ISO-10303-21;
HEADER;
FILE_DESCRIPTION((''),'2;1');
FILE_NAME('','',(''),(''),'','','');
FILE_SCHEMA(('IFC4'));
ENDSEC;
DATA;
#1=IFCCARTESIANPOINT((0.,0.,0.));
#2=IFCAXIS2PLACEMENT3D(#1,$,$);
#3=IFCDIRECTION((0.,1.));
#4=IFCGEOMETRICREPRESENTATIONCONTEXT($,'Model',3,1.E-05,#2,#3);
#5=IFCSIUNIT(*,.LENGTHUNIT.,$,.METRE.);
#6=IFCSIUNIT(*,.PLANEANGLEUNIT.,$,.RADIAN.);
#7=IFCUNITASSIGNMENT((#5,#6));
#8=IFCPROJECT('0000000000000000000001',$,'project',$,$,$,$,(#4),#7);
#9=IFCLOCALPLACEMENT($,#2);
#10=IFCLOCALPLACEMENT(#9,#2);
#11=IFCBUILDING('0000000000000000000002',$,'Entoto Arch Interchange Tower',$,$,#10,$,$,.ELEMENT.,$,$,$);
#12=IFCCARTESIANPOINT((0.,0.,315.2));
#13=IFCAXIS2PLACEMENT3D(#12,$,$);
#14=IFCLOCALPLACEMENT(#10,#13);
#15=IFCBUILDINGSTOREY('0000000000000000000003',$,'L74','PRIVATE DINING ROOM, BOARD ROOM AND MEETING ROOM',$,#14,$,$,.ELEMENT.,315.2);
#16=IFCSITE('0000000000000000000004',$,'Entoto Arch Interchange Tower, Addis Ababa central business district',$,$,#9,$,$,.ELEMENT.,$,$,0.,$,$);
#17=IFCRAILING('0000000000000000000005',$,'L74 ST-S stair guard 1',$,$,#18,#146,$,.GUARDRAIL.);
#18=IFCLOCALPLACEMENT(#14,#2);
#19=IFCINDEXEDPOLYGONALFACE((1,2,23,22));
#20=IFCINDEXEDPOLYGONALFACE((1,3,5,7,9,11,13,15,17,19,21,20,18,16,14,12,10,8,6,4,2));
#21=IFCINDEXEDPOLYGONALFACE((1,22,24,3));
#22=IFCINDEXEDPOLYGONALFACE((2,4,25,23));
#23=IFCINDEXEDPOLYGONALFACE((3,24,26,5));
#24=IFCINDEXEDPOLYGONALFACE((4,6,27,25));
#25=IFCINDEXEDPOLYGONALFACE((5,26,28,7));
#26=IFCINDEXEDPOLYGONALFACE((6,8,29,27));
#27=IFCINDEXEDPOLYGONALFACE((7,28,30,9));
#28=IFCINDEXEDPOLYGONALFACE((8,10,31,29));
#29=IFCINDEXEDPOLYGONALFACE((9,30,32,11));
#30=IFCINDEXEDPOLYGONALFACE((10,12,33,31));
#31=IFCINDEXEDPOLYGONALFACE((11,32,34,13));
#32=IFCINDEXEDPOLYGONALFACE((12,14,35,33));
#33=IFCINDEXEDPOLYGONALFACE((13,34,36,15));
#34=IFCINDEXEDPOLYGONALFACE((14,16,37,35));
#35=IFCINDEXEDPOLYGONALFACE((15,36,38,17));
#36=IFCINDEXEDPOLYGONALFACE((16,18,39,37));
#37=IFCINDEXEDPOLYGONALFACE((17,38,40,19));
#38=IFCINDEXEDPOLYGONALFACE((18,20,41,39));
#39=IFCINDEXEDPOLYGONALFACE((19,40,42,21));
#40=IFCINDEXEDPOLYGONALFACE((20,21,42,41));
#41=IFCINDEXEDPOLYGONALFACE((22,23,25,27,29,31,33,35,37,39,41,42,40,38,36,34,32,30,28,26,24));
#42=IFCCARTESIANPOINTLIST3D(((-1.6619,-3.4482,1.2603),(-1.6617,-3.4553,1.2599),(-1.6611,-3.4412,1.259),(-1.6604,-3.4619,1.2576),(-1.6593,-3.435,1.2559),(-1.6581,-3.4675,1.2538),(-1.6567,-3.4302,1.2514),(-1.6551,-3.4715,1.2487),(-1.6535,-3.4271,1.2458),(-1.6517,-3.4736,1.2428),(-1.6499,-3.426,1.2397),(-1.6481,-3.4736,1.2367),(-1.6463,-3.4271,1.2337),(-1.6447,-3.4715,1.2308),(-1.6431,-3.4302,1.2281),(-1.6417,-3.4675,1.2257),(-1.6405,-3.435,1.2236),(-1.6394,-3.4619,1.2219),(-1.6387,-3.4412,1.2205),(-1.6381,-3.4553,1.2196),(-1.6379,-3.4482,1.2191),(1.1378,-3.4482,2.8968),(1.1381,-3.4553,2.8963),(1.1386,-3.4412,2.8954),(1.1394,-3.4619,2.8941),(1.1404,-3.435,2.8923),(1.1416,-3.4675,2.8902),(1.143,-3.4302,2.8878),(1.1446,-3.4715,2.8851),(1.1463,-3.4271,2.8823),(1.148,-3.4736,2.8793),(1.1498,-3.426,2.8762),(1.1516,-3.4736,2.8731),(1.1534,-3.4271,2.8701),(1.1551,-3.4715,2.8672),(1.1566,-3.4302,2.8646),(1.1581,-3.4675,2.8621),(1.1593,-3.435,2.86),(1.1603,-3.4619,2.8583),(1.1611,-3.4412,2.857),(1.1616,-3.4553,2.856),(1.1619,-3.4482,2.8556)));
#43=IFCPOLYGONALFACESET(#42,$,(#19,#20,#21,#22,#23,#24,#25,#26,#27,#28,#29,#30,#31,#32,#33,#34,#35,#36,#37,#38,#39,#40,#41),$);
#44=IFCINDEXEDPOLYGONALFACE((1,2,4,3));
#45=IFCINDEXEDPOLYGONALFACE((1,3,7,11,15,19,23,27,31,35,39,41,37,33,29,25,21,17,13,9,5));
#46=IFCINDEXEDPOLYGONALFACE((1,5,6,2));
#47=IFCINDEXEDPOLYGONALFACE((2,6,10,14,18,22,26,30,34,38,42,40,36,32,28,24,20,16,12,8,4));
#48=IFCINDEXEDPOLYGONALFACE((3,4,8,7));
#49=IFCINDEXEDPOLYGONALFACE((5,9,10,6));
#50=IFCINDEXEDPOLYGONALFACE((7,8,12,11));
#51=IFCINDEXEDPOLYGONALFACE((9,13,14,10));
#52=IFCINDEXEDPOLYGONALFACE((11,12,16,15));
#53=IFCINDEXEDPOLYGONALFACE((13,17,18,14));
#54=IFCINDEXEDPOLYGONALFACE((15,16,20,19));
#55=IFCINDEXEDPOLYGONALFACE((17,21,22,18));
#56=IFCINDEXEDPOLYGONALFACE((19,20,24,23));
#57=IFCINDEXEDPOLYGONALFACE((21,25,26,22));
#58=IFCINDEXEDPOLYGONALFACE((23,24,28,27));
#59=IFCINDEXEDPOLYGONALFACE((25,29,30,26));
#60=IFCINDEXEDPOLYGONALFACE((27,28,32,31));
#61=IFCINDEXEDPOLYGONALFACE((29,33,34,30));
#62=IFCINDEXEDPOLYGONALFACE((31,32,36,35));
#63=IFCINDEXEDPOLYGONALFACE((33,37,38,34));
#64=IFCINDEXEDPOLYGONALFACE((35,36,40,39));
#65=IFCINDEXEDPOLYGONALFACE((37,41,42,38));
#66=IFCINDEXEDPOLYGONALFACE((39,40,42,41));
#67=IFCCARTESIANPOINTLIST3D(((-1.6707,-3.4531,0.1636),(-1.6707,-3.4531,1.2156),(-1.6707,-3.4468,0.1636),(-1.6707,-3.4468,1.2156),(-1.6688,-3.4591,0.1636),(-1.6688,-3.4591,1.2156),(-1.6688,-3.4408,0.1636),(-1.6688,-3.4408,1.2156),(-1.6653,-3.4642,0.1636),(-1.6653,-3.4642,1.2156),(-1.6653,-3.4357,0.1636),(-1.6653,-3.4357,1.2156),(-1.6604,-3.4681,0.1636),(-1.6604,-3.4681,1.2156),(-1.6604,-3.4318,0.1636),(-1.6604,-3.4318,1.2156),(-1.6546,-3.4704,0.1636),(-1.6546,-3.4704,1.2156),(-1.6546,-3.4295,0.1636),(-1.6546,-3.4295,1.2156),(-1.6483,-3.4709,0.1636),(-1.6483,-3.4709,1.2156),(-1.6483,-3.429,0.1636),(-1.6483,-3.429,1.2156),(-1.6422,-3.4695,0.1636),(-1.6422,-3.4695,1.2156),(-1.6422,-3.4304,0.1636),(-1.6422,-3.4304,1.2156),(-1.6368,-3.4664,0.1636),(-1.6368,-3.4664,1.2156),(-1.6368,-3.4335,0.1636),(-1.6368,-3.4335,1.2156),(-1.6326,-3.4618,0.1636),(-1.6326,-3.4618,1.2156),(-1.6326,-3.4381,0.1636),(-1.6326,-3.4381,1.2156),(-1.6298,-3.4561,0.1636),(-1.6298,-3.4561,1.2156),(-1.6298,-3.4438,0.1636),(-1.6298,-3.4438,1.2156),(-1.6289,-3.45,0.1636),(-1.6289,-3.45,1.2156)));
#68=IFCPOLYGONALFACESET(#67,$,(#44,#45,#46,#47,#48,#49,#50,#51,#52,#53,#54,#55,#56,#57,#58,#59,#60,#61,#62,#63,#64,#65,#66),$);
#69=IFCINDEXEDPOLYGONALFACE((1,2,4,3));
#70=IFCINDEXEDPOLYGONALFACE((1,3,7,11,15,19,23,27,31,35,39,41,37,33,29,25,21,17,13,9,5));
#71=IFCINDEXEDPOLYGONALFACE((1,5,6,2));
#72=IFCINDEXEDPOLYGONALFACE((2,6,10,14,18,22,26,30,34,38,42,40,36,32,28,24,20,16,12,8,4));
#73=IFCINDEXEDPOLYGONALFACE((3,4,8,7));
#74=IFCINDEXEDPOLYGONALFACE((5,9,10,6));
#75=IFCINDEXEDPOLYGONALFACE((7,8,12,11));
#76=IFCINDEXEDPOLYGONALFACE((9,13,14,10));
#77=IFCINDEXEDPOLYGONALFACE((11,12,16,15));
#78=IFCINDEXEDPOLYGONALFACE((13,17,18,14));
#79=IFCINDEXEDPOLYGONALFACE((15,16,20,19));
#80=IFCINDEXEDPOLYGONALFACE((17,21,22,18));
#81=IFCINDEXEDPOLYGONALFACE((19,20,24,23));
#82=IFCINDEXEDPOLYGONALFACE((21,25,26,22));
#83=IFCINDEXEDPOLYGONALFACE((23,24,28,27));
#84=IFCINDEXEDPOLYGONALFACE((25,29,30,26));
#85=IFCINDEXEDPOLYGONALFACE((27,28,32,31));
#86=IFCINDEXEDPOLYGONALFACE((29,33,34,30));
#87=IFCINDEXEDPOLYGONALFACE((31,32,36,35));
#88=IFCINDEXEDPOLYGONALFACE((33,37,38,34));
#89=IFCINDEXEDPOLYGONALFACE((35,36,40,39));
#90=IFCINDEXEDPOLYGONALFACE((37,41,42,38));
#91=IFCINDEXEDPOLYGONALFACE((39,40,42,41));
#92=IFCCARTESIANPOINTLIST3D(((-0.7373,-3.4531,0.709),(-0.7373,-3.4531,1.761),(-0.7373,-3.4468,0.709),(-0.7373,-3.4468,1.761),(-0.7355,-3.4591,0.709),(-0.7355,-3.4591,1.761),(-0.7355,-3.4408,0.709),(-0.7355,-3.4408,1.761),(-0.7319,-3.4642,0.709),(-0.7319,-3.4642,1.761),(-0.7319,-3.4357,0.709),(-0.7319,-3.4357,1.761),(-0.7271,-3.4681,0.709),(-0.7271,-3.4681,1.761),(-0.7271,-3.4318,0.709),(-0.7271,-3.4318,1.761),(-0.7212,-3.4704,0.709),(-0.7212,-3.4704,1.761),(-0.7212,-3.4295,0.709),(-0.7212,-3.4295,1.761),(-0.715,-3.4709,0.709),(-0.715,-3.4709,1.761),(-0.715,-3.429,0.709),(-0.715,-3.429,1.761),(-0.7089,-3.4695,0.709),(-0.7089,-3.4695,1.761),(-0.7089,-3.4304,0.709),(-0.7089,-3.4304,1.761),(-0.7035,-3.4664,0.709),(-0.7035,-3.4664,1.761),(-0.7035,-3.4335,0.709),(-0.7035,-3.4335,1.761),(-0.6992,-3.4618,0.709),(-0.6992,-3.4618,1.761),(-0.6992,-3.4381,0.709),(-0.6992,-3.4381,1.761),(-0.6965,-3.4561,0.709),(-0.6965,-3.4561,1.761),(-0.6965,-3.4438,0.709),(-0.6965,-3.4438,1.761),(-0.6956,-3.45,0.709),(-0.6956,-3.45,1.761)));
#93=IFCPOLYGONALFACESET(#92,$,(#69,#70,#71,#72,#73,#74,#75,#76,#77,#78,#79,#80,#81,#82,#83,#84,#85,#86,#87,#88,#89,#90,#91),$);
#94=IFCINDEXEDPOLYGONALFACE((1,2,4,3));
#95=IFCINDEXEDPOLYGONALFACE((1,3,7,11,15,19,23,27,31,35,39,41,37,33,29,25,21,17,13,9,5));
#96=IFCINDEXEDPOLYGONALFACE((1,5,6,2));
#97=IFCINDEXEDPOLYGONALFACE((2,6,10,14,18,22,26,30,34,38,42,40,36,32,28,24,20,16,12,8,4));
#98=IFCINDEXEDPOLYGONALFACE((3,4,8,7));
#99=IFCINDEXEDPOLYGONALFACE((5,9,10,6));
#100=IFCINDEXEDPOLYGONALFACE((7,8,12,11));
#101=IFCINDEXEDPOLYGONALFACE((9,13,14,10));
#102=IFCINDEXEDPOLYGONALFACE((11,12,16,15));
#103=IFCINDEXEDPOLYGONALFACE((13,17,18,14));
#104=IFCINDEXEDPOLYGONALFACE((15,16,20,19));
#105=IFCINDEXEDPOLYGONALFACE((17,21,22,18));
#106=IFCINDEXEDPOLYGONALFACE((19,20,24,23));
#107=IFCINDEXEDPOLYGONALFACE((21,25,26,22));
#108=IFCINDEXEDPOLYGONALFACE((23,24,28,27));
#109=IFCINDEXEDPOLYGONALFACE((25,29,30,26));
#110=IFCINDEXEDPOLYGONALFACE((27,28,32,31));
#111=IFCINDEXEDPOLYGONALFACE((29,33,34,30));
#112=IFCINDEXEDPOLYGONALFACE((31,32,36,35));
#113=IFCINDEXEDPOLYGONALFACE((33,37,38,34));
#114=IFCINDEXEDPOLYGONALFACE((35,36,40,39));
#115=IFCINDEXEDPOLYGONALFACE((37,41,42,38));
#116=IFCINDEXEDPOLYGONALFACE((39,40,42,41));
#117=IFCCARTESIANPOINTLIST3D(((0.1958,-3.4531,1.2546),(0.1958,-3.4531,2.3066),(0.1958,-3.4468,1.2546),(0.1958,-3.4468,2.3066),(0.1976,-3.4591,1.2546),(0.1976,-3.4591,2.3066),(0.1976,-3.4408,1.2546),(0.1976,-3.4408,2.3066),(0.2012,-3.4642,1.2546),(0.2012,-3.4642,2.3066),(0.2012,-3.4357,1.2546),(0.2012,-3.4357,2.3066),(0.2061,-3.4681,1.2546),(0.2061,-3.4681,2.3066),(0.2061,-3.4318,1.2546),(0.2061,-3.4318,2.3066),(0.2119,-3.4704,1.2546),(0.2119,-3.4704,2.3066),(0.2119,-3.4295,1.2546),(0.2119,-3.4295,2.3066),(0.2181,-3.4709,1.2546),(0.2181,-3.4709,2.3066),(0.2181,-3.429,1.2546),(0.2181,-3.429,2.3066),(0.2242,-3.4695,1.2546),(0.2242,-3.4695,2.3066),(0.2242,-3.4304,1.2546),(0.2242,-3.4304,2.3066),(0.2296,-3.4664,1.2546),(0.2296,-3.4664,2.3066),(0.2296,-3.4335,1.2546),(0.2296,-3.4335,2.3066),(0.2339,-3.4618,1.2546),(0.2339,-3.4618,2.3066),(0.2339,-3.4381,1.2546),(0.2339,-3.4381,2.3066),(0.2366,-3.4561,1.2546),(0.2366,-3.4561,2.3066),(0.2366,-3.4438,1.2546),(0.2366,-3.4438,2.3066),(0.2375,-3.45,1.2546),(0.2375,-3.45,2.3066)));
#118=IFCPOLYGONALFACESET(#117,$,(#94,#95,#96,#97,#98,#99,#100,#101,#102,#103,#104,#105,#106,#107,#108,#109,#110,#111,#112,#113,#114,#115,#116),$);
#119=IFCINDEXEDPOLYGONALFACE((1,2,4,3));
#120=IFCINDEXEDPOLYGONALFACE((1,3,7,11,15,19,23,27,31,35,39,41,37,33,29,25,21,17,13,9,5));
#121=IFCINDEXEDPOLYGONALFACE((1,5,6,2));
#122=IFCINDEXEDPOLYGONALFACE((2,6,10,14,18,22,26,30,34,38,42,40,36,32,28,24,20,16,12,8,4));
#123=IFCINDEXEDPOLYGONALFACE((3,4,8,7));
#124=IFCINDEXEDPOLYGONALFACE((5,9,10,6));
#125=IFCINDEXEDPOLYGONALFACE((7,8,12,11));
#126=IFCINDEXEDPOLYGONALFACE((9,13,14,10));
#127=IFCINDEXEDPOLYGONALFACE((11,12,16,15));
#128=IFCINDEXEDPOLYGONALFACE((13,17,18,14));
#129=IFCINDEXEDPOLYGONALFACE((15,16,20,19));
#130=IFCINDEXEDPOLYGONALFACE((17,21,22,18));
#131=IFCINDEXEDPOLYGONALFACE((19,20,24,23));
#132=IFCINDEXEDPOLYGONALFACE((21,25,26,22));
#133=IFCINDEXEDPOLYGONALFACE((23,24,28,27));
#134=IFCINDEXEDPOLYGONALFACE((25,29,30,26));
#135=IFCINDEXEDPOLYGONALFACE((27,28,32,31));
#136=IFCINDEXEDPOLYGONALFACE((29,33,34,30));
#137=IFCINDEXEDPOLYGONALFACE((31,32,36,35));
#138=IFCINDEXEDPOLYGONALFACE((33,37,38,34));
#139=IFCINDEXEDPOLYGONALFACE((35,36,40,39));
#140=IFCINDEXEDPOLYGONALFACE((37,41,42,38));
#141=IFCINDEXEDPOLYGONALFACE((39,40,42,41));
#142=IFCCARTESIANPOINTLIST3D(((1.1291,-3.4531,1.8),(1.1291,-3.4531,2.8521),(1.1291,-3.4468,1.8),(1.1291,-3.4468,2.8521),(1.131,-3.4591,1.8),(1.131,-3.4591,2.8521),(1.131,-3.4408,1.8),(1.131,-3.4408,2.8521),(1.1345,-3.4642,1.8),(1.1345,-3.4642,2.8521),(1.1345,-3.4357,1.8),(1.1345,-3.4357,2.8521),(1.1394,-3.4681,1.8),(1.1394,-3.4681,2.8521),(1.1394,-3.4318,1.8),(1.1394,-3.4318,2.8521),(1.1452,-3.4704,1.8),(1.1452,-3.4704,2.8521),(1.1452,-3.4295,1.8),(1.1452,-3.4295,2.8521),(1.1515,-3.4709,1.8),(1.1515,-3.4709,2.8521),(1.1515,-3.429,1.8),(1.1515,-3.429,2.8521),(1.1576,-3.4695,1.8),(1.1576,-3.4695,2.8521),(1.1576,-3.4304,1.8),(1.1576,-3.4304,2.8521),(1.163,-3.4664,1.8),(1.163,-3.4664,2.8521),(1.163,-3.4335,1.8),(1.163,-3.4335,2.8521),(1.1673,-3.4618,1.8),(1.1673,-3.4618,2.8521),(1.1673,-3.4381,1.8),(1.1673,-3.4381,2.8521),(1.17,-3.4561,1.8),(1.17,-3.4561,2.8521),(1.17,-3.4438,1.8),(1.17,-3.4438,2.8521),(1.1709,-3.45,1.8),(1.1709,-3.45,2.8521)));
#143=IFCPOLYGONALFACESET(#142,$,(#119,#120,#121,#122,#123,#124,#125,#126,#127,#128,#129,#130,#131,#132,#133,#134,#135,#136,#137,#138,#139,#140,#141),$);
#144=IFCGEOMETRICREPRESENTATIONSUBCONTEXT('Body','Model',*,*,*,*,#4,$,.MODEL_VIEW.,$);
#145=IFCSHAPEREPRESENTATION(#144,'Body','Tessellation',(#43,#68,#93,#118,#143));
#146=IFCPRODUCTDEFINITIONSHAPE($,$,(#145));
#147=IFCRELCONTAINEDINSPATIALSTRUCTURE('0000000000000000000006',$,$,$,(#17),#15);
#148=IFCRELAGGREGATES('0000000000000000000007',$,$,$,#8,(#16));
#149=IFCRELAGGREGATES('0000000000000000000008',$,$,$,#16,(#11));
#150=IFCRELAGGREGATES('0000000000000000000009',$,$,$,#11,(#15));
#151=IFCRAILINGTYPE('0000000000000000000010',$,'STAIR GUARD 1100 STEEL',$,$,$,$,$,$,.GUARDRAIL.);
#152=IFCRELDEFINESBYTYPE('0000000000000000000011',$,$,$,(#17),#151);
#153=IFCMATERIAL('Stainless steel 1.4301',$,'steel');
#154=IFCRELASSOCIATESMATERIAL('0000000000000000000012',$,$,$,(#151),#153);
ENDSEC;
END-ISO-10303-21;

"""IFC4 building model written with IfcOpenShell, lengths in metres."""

from ifc_helpers import new_model, si_unit, direction, frame, origin, origin_2d, place, context, subcontext, project, spatial, circle, extrude, material, type_object, element, save


model = new_model("IFC4")

# Units and contexts
model_context = context("Model", 3, precision=1e-05, world=origin(), true_north=direction((0.0, 1.0)))
body_context = subcontext(model_context, "Body", "Model", "MODEL_VIEW")
ifc_project = project(units=[si_unit("LENGTHUNIT", "METRE"), si_unit("PLANEANGLEUNIT", "RADIAN")], contexts=[model_context])

# Site, building, storey
site_placement = place(None, origin())
site = spatial("IfcSite", under=ifc_project, at=site_placement, Name="Entoto Arch Interchange Tower, Addis Ababa central business district", CompositionType="ELEMENT", RefElevation=0.0)
building_placement = place(site_placement, origin())
building = spatial("IfcBuilding", under=site, at=building_placement, Name="Entoto Arch Interchange Tower", CompositionType="ELEMENT")
storey_placement = place(building_placement, frame((0.0, 0.0, 315.2)))
storey = spatial("IfcBuildingStorey", under=building, at=storey_placement, Name="L74", Description="PRIVATE DINING ROOM, BOARD ROOM AND MEETING ROOM", CompositionType="ELEMENT", Elevation=315.2)

# Railing
ifc_material_1 = material(Name="Stainless steel 1.4301", Category="steel")
railing_type_1 = type_object("IfcRailingType", Name="STAIR GUARD 1100 STEEL", PredefinedType="GUARDRAIL", material=ifc_material_1)
railing_1_placement = place(storey_placement, frame((-1.6499, -3.45, 0.1636)))
element("IfcRailing", 1, at=railing_1_placement, inside=storey, type_object=railing_type_1, Name="L74 ST-S stair guard 1", PredefinedType="GUARDRAIL", context=body_context, shape_type="SweptSolid", body=[
    extrude(circle(Radius=0.0239, at=origin_2d()), frame((0.0, 0.0, 1.0762), z_axis=(0.863342, 0.0, 0.50462), x_axis=(0.0, 1.0, 0.0)), (0.0, 0.0, 1.0), 3.2429),
    extrude(circle(Radius=0.021, at=origin_2d()), origin(), (0.0, 0.0, 1.0), 1.052),
    extrude(circle(Radius=0.021, at=origin_2d()), frame((0.9333, 0.0, 0.5454)), (0.0, 0.0, 1.0), 1.052),
    extrude(circle(Radius=0.021, at=origin_2d()), frame((1.8665, 0.0, 1.0911)), (0.0, 0.0, 1.0), 1.052),
    extrude(circle(Radius=0.021, at=origin_2d()), frame((2.7998, 0.0, 1.6365)), (0.0, 0.0, 1.0), 1.052),
])

save(model, "model.ifc")
